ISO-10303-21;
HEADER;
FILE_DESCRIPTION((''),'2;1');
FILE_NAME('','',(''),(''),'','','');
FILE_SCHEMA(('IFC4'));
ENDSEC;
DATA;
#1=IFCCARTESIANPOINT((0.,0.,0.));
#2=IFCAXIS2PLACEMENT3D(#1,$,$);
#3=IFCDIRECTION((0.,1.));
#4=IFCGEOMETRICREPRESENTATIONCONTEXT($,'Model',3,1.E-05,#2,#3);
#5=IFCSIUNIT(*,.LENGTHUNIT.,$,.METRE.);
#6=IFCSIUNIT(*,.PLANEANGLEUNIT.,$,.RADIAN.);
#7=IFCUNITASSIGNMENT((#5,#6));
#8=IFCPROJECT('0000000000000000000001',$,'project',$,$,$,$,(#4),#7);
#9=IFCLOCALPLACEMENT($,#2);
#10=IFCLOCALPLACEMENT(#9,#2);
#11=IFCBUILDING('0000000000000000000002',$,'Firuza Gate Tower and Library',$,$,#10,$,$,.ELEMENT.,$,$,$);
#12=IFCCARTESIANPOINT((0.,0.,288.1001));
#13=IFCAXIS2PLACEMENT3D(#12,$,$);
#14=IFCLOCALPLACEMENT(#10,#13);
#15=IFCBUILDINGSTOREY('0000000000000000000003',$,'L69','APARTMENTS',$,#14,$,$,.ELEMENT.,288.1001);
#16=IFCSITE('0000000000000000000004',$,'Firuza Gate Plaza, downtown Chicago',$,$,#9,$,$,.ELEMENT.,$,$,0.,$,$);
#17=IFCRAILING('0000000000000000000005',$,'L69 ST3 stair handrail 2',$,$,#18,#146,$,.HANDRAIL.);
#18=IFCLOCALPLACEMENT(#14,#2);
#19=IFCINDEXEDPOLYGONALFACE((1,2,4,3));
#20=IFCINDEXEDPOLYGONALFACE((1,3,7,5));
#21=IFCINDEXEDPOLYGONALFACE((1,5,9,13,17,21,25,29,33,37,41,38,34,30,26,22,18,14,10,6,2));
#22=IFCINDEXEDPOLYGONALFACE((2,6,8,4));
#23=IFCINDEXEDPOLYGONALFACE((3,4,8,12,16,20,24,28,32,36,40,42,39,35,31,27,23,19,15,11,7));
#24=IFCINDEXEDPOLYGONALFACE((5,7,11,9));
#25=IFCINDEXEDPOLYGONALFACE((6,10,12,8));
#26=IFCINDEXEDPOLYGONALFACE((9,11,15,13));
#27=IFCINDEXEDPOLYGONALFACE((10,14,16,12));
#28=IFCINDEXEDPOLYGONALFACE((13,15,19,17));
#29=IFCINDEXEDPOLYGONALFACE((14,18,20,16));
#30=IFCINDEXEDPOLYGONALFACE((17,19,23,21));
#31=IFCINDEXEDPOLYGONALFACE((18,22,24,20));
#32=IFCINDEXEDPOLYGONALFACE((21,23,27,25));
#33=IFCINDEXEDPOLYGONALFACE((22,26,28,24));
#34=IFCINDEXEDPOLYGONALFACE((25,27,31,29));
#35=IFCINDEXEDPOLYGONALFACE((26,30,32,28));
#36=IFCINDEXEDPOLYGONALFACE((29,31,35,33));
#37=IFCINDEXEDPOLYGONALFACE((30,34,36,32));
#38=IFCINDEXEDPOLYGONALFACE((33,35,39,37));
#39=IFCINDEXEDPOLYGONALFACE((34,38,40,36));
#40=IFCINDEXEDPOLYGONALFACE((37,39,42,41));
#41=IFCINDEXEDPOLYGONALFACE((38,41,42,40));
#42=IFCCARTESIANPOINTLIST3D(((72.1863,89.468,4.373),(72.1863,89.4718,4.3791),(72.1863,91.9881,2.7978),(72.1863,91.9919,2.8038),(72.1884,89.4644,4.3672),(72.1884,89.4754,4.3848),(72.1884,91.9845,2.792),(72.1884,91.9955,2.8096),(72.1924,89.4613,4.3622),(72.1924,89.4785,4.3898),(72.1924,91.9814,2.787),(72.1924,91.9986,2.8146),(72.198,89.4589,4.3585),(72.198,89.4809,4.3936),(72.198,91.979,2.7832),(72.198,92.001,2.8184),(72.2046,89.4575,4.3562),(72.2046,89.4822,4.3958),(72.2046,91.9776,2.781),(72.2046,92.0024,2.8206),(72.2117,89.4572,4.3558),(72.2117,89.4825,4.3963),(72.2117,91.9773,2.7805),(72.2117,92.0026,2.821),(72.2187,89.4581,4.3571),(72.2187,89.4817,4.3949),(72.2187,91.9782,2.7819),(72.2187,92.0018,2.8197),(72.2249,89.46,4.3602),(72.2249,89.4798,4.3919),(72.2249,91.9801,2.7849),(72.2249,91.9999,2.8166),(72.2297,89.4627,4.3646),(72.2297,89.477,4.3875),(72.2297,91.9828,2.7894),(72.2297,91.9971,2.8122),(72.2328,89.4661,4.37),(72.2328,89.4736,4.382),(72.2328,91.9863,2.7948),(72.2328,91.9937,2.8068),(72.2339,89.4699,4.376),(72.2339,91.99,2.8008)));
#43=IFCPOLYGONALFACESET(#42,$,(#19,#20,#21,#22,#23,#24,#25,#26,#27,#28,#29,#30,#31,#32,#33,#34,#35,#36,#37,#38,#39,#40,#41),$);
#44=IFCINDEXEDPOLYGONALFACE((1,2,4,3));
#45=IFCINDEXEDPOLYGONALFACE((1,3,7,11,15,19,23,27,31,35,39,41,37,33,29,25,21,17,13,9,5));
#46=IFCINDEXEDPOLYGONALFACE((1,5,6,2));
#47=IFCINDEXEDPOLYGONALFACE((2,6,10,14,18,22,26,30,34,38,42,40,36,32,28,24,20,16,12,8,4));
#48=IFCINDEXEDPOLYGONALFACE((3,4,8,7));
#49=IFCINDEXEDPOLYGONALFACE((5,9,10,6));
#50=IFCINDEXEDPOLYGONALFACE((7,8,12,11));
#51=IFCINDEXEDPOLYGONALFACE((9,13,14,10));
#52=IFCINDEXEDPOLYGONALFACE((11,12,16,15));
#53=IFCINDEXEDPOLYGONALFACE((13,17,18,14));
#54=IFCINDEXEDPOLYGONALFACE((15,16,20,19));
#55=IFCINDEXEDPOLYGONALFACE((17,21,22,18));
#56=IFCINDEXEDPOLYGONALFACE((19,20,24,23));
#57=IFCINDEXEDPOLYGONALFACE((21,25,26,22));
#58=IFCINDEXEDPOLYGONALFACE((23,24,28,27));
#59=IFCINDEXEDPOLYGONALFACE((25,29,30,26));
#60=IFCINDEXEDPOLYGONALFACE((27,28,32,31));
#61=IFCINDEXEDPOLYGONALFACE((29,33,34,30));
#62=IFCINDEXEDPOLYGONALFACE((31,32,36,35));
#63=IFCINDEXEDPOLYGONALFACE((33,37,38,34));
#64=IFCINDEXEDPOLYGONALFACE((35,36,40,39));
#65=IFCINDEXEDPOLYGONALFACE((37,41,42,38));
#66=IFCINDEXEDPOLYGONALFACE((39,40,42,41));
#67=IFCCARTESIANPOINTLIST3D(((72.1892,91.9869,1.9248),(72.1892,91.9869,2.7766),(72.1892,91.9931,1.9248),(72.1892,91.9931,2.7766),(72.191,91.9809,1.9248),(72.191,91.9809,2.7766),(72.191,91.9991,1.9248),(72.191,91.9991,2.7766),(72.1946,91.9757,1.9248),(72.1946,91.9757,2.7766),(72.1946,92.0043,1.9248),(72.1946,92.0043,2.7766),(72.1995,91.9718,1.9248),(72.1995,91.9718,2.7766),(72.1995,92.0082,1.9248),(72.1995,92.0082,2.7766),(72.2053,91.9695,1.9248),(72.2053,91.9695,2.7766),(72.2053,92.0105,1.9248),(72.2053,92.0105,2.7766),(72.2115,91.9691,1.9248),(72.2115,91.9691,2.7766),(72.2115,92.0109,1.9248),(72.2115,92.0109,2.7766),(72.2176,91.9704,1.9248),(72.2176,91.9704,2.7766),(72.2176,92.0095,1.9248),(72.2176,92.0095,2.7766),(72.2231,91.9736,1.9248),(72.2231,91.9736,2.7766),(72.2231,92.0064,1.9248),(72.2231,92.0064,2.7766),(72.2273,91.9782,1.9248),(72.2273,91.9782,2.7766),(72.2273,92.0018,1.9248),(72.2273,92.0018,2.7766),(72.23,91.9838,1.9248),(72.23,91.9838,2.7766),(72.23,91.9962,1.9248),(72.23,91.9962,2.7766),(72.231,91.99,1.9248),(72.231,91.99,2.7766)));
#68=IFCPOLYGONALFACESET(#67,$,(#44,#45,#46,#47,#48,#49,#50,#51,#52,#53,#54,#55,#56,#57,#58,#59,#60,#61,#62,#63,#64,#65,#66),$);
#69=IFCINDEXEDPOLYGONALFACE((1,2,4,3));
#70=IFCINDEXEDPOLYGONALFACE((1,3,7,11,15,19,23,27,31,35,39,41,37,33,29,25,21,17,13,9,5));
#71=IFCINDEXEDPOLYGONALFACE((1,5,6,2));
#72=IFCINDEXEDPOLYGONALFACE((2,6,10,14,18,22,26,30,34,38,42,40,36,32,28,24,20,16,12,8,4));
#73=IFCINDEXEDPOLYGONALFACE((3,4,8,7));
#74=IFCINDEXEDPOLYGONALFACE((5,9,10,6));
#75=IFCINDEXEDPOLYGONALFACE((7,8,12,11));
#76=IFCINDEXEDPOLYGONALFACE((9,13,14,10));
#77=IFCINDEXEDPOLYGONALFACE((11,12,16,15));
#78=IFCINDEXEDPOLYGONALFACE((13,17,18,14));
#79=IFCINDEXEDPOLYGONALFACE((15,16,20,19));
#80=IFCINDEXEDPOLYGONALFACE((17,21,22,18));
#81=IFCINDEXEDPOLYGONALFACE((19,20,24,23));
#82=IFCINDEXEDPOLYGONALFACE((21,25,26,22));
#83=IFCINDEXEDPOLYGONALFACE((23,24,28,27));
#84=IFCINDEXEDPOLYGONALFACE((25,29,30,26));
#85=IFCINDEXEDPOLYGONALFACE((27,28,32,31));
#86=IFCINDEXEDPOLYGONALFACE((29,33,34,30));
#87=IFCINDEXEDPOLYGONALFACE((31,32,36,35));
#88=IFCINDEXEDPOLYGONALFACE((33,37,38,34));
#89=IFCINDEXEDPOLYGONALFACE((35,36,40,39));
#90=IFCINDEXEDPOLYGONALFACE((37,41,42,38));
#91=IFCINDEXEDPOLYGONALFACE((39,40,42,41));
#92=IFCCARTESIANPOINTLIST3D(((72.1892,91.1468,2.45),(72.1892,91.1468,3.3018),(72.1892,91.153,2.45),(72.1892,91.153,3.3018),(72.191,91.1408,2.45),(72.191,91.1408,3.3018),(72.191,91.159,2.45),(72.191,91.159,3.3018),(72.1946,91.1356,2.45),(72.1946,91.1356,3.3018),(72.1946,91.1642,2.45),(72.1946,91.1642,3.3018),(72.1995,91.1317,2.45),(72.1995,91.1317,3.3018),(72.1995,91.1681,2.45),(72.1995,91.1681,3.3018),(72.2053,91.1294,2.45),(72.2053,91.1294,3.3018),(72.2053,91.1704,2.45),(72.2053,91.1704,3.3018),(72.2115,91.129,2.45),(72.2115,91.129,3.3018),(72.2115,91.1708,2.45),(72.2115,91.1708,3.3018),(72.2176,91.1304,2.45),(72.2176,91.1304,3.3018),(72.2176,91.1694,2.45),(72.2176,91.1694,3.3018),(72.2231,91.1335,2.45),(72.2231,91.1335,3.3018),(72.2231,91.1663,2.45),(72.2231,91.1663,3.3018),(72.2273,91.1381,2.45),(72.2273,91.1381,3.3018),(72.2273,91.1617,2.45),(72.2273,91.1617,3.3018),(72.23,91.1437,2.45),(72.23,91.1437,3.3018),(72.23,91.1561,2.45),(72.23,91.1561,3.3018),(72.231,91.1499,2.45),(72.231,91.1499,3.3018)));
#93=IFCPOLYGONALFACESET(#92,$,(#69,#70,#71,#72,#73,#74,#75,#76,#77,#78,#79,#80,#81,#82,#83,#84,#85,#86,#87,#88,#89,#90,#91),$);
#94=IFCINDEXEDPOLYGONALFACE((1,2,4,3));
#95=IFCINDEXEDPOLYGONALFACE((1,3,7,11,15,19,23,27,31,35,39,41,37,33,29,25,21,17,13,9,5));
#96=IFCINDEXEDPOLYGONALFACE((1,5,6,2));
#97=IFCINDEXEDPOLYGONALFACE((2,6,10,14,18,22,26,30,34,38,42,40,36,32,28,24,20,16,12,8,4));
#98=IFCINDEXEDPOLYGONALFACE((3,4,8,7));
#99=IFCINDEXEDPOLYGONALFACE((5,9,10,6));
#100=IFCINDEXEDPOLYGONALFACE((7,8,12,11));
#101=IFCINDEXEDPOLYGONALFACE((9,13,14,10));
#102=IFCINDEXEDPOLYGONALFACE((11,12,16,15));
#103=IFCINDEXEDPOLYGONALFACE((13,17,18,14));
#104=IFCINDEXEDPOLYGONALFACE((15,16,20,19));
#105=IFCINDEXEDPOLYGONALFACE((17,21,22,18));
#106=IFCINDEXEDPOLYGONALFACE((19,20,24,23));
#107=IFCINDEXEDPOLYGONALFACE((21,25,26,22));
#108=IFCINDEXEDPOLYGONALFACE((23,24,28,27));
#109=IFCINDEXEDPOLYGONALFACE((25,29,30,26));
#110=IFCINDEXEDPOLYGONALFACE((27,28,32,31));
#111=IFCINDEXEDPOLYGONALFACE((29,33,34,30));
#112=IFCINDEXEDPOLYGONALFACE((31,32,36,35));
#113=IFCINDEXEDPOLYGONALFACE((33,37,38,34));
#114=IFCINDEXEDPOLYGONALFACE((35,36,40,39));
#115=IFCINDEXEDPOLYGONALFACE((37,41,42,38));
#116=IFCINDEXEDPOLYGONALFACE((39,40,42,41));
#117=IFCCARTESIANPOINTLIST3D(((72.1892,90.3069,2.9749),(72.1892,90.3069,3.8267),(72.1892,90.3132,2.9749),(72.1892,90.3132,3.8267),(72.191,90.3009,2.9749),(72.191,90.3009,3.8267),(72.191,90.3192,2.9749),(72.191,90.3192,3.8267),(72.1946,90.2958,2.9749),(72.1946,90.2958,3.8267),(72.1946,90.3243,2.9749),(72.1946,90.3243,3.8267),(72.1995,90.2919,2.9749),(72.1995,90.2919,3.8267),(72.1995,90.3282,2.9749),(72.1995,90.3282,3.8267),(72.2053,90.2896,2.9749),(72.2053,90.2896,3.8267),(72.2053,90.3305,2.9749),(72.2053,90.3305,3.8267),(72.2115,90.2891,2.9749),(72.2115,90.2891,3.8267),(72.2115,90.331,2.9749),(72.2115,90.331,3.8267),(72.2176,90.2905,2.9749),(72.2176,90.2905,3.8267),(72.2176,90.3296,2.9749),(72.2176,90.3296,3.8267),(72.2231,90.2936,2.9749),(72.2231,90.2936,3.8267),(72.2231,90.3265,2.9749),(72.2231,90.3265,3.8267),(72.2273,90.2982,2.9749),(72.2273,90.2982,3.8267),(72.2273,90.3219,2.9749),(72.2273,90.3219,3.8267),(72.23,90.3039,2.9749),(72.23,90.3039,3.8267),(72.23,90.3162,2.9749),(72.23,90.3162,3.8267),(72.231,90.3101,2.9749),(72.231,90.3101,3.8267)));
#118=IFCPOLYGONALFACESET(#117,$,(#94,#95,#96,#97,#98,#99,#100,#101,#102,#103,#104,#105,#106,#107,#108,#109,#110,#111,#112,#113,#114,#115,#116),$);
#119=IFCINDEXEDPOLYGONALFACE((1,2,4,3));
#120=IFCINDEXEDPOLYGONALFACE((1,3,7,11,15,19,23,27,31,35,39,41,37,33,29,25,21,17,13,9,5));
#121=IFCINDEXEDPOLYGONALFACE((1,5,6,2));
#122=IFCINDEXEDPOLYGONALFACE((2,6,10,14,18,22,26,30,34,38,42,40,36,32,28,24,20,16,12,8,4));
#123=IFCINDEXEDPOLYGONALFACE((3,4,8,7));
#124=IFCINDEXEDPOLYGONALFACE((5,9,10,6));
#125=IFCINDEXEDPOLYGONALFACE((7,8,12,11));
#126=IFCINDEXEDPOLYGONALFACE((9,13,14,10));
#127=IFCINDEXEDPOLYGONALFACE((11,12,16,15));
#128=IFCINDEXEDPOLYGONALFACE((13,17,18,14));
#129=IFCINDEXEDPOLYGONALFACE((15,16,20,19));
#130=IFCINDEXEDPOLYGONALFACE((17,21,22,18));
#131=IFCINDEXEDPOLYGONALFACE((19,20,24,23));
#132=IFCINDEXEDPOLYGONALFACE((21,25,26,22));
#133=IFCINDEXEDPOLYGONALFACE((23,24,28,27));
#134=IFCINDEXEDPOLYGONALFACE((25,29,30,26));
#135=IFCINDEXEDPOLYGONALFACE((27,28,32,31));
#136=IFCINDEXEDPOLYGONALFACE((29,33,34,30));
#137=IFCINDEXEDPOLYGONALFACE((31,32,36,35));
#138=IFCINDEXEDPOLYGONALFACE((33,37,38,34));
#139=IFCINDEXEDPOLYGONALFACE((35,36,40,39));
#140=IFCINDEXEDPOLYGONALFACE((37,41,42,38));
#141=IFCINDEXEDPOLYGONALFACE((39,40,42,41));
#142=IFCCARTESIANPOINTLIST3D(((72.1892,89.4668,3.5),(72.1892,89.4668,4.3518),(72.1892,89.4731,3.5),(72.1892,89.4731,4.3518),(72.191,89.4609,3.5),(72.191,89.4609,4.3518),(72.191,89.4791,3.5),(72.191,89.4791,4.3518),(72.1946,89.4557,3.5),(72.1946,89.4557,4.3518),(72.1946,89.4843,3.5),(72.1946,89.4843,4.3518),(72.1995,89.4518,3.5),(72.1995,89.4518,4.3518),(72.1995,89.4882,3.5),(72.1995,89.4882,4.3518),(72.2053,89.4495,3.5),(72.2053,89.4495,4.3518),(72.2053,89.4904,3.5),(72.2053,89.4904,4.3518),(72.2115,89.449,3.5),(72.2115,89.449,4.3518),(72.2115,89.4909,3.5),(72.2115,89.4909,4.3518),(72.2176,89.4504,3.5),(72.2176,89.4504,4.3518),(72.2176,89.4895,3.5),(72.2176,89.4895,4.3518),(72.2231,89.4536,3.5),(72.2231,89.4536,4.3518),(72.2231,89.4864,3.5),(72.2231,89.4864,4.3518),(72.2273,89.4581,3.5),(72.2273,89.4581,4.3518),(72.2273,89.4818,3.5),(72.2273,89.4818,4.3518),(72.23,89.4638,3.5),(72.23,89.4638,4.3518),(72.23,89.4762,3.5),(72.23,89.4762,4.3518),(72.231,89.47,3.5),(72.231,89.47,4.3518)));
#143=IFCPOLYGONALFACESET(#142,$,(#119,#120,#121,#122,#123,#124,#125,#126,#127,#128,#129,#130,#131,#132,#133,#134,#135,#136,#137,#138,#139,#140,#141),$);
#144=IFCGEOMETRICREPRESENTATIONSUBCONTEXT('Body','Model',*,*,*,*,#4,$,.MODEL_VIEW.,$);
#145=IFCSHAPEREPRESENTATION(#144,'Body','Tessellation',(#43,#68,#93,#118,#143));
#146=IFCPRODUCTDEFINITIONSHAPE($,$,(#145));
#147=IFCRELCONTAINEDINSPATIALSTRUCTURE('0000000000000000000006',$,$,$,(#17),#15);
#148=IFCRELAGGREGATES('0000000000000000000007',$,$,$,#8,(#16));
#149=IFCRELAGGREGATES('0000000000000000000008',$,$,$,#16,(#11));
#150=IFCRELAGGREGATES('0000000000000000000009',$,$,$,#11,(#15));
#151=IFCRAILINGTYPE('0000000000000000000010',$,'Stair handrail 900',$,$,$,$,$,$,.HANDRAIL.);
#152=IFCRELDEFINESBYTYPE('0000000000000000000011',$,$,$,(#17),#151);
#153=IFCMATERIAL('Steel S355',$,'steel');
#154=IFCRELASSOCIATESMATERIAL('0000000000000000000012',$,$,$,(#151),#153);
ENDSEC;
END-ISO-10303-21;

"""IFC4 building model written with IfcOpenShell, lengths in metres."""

from ifc_helpers import new_model, si_unit, direction, frame, origin, origin_2d, place, context, subcontext, project, spatial, circle, extrude, material, type_object, element, save


model = new_model("IFC4")

# Units and contexts
model_context = context("Model", 3, precision=1e-05, world=origin(), true_north=direction((0.0, 1.0)))
body_context = subcontext(model_context, "Body", "Model", "MODEL_VIEW")
ifc_project = project(units=[si_unit("LENGTHUNIT", "METRE"), si_unit("PLANEANGLEUNIT", "RADIAN")], contexts=[model_context])

# Site, building, storey
site_placement = place(None, origin())
site = spatial("IfcSite", under=ifc_project, at=site_placement, Name="Firuza Gate Plaza, downtown Chicago", CompositionType="ELEMENT", RefElevation=0.0)
building_placement = place(site_placement, origin())
building = spatial("IfcBuilding", under=site, at=building_placement, Name="Firuza Gate Tower and Library", CompositionType="ELEMENT")
storey_placement = place(building_placement, frame((0.0, 0.0, 288.1001)))
storey = spatial("IfcBuildingStorey", under=building, at=storey_placement, Name="L69", Description="APARTMENTS", CompositionType="ELEMENT", Elevation=288.1001)

# Railing
ifc_material_1 = material(Name="Steel S355", Category="steel")
railing_type_1 = type_object("IfcRailingType", Name="Stair handrail 900", PredefinedType="HANDRAIL", material=ifc_material_1)
railing_1_placement = place(storey_placement, frame((72.21, 91.99, 1.9248)))
element("IfcRailing", 1, at=railing_1_placement, inside=storey, type_object=railing_type_1, Name="L69 ST3 stair handrail 2", PredefinedType="HANDRAIL", context=body_context, shape_type="SweptSolid", body=[
    extrude(circle(Radius=0.0239, at=origin_2d()), frame((0.0, 0.0, 0.876), z_axis=(0.0, -0.847971, 0.530043), x_axis=(1.0, 0.0, 0.0)), (0.0, 0.0, 1.0), 2.9719),
    extrude(circle(Radius=0.021, at=origin_2d()), origin(), (0.0, 0.0, 1.0), 0.8518),
    extrude(circle(Radius=0.021, at=origin_2d()), frame((0.0, -0.8401, 0.5251)), (0.0, 0.0, 1.0), 0.8518),
    extrude(circle(Radius=0.021, at=origin_2d()), frame((0.0, -1.6799, 1.05)), (0.0, 0.0, 1.0), 0.8518),
    extrude(circle(Radius=0.021, at=origin_2d()), frame((0.0, -2.52, 1.5752)), (0.0, 0.0, 1.0), 0.8518),
])

save(model, "model.ifc")
